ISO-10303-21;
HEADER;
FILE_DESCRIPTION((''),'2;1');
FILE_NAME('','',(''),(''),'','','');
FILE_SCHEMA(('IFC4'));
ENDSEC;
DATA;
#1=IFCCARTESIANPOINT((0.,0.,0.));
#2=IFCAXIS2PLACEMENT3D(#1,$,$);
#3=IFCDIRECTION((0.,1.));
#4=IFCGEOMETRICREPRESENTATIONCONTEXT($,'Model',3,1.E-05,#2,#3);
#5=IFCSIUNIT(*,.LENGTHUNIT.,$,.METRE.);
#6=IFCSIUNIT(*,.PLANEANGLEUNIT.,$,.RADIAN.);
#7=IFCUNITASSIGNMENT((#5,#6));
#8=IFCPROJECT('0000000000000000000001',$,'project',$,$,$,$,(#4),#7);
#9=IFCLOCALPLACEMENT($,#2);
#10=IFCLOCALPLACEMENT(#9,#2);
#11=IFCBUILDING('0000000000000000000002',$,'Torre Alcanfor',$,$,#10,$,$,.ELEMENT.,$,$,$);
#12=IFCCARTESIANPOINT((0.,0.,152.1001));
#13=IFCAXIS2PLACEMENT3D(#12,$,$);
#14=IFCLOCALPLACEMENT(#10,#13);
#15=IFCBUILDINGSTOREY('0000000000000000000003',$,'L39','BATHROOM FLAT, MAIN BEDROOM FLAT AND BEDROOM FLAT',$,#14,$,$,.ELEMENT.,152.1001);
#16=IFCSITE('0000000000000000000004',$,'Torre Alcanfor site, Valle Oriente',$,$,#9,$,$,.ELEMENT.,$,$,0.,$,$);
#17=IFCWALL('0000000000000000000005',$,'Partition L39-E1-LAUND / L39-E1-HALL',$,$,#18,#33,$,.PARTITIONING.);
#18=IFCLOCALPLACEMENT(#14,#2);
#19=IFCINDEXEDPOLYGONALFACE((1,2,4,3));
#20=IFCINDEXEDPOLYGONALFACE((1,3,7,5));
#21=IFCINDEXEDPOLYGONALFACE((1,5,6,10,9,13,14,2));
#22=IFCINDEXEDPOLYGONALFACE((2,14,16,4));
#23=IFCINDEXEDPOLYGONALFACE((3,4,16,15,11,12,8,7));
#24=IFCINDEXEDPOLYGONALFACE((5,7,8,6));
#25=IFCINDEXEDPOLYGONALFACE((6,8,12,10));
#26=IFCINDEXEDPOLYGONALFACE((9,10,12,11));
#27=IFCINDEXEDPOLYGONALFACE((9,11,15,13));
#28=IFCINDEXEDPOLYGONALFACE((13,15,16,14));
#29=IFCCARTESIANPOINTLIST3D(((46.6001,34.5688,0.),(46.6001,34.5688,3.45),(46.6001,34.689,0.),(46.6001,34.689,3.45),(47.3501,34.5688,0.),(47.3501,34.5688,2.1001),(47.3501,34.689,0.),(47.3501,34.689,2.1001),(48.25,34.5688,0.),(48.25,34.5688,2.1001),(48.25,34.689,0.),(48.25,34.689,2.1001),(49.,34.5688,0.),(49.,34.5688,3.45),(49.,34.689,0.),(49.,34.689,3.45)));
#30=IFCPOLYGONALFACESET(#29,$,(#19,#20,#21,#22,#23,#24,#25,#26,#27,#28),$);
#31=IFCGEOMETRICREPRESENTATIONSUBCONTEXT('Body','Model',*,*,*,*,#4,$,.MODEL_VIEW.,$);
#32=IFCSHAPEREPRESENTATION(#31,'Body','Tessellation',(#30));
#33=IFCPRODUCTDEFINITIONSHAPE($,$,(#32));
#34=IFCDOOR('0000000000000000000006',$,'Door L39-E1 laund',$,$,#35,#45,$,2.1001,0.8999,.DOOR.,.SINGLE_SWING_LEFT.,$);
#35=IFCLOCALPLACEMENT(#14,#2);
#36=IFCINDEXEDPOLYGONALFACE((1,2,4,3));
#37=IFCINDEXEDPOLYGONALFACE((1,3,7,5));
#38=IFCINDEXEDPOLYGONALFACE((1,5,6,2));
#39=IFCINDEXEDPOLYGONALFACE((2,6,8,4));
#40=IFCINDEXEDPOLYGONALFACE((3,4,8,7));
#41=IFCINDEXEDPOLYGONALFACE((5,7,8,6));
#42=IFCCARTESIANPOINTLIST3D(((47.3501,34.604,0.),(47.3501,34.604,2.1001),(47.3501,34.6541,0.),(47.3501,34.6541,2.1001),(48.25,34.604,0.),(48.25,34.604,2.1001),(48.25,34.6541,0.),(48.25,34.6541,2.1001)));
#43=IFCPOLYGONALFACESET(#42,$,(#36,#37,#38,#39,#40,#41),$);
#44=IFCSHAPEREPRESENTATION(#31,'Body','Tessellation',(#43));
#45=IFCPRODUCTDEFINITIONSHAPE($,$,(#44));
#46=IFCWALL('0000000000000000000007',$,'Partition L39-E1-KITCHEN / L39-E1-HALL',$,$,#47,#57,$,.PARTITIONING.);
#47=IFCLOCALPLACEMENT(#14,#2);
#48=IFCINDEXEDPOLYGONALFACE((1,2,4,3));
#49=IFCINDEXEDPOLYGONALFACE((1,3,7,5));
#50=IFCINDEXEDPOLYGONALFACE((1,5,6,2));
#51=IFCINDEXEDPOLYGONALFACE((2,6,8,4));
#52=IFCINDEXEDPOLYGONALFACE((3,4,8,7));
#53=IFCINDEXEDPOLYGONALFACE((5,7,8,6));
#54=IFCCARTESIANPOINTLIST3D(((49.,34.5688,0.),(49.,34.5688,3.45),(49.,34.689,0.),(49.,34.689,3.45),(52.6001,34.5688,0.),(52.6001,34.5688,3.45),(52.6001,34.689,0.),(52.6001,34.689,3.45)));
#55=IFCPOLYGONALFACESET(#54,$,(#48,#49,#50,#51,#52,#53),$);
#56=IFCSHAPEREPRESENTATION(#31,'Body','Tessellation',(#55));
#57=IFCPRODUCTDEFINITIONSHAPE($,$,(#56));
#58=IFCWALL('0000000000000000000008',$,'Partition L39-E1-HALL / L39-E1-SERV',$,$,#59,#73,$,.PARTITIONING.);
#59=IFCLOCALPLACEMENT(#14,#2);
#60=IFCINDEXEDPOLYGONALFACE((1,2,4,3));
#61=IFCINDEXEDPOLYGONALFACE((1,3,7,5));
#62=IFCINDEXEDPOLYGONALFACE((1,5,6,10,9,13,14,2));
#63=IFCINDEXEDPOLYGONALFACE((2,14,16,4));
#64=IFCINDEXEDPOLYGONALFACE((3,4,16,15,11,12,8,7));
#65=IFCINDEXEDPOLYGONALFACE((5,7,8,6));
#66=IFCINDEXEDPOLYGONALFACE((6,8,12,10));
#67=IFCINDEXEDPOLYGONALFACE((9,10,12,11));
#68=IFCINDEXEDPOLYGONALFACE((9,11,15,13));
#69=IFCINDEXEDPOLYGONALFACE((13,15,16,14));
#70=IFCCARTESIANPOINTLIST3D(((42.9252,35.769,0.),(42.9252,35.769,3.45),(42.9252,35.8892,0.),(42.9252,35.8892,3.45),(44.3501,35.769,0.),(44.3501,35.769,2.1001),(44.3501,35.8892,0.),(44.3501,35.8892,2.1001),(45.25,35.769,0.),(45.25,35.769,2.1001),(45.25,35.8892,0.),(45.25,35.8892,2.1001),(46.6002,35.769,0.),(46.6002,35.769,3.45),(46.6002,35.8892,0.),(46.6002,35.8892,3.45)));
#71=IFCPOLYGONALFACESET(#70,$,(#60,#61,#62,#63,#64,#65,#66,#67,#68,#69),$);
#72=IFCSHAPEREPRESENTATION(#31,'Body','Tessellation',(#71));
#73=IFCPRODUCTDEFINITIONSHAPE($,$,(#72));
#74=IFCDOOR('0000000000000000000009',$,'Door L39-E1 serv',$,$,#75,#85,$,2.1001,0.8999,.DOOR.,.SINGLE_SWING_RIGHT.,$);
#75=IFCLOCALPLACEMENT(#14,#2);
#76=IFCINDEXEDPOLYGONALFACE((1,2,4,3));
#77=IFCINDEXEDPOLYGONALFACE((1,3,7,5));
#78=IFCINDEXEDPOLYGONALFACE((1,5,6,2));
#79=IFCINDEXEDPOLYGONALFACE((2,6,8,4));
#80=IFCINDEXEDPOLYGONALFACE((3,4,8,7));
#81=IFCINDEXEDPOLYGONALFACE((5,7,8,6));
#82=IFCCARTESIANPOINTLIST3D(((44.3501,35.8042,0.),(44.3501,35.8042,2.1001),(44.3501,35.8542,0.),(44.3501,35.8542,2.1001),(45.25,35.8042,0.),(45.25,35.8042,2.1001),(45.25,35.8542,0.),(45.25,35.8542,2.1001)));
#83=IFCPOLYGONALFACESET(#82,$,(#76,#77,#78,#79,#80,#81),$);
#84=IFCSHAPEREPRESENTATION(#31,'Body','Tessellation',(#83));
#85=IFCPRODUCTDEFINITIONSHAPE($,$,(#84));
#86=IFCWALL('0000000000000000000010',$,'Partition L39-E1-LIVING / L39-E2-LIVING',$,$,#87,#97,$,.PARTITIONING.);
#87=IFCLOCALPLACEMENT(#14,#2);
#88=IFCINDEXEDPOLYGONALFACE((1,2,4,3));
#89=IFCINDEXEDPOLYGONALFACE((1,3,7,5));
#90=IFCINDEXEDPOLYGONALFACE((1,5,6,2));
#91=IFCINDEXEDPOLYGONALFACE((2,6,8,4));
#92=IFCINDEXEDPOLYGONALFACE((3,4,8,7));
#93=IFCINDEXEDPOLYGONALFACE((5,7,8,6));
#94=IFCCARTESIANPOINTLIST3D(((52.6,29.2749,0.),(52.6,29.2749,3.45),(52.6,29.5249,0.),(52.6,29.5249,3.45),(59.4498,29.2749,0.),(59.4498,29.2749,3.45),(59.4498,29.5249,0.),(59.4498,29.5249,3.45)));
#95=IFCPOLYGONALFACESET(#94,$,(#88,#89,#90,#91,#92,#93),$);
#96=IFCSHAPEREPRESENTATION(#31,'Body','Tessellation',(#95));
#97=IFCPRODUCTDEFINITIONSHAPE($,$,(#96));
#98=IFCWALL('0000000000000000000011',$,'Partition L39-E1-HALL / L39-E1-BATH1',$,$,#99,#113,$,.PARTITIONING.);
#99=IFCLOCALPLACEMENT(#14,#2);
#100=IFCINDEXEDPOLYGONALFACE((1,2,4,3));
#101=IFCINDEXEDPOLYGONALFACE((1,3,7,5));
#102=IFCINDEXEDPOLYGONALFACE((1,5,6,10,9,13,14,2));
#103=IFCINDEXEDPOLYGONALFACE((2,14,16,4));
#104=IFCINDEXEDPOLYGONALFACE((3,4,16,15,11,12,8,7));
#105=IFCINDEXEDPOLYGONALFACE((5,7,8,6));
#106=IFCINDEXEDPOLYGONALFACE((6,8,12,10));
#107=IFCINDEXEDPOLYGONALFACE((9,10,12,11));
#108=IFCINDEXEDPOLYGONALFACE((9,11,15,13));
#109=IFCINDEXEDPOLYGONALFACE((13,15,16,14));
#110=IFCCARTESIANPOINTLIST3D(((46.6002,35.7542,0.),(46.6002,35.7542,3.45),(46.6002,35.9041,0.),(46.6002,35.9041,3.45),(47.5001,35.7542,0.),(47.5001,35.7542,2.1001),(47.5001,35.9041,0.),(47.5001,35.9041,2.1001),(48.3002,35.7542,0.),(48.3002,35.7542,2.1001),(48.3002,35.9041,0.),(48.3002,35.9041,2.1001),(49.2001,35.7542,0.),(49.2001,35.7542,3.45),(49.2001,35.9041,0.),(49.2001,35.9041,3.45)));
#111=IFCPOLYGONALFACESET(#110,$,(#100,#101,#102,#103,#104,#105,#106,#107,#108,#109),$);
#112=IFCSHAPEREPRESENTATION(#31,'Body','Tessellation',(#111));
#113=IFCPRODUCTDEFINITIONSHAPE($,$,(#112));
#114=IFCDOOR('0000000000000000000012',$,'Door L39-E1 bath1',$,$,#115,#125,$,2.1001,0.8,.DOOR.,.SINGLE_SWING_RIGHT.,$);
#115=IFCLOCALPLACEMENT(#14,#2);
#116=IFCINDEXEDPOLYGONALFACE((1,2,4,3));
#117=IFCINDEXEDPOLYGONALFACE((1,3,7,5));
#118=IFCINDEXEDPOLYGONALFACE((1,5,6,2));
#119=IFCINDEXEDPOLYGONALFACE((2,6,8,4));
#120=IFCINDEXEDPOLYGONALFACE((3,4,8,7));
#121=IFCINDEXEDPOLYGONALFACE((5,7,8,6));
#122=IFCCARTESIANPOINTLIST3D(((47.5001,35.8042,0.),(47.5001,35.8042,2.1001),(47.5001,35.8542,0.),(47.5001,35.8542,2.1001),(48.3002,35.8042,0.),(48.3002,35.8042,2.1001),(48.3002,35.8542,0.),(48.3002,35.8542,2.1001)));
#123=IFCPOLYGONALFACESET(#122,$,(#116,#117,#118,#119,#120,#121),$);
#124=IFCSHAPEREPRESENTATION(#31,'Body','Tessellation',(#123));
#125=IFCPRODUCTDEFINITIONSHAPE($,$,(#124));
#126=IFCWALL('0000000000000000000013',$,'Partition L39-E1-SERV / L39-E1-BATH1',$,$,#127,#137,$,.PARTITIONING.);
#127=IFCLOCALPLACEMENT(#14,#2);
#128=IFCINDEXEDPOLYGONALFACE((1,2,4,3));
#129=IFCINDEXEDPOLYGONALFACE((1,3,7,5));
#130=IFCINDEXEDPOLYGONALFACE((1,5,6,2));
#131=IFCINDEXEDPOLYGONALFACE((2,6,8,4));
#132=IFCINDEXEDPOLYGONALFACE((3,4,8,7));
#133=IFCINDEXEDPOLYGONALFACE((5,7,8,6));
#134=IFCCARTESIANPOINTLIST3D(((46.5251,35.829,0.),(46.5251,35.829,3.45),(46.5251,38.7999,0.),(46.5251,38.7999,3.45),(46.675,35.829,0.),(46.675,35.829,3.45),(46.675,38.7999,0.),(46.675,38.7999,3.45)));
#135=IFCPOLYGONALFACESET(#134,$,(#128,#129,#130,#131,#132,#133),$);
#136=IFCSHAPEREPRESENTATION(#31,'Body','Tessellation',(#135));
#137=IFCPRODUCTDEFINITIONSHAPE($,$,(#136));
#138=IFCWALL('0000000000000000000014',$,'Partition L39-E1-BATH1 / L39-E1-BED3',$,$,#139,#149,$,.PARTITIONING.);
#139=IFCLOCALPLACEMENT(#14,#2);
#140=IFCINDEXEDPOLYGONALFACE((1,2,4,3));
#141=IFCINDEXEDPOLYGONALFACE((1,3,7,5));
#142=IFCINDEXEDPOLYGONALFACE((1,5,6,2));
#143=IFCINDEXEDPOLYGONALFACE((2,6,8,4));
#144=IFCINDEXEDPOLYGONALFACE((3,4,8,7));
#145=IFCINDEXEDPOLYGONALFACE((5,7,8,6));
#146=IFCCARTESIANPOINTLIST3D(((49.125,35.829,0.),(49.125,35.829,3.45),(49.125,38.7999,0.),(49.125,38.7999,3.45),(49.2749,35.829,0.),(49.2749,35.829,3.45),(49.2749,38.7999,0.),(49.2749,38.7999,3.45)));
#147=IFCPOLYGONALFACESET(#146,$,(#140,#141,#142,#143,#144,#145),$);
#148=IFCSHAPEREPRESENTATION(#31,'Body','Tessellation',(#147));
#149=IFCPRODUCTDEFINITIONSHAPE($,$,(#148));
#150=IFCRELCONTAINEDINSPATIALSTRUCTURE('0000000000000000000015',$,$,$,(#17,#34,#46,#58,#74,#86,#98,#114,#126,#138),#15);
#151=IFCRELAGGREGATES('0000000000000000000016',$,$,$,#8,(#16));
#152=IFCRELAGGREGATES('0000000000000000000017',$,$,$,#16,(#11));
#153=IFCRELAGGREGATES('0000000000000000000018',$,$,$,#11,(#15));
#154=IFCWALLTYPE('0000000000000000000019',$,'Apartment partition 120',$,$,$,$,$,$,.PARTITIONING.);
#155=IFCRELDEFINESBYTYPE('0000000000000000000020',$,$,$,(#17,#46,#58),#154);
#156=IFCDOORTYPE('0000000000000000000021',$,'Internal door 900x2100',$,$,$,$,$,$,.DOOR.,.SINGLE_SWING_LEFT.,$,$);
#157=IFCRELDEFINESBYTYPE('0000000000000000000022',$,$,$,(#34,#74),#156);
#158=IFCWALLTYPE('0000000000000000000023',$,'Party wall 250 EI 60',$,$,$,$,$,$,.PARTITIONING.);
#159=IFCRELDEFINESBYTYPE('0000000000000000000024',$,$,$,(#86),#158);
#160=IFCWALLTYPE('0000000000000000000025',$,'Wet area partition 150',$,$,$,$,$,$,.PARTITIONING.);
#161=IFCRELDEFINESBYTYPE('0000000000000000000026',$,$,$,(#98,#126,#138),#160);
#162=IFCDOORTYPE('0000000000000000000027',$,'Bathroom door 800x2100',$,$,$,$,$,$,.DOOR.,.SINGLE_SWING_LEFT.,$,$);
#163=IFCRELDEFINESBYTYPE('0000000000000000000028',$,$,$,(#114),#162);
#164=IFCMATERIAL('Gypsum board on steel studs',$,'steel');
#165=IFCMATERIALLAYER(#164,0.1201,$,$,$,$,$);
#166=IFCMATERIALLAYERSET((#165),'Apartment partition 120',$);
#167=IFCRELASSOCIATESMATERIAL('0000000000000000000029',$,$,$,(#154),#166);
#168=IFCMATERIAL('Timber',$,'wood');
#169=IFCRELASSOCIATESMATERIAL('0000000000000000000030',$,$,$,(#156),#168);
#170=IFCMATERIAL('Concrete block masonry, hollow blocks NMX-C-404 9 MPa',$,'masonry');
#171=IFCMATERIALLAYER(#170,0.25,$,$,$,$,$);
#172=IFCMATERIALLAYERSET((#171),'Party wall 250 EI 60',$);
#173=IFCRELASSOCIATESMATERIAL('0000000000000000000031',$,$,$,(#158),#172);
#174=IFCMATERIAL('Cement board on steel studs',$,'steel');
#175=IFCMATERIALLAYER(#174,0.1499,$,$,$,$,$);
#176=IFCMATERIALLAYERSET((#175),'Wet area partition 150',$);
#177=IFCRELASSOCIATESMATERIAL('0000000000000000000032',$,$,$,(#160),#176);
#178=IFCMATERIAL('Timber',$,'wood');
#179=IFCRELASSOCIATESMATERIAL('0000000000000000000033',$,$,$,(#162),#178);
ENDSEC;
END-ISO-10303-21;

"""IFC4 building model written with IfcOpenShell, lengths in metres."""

from ifc_helpers import new_model, si_unit, direction, frame, frame_2d, origin, place, context, subcontext, project, spatial, rectangle, extrude, material, layer, layer_set, type_object, element, fill, save


model = new_model("IFC4")

# Units and contexts
model_context = context("Model", 3, precision=1e-05, world=origin(), true_north=direction((0.0, 1.0)))
body_context = subcontext(model_context, "Body", "Model", "MODEL_VIEW")
ifc_project = project(units=[si_unit("LENGTHUNIT", "METRE"), si_unit("PLANEANGLEUNIT", "RADIAN")], contexts=[model_context])

# Site, building, storey
site_placement = place(None, origin())
site = spatial("IfcSite", under=ifc_project, at=site_placement, Name="Torre Alcanfor site, Valle Oriente", CompositionType="ELEMENT", RefElevation=0.0)
building_placement = place(site_placement, origin())
building = spatial("IfcBuilding", under=site, at=building_placement, Name="Torre Alcanfor", CompositionType="ELEMENT")
storey_placement = place(building_placement, frame((0.0, 0.0, 152.1001)))
storey = spatial("IfcBuildingStorey", under=building, at=storey_placement, Name="L39", Description="BATHROOM FLAT, MAIN BEDROOM FLAT AND BEDROOM FLAT", CompositionType="ELEMENT", Elevation=152.1001)

# Wall, opening, door
ifc_material_1 = material(Name="Gypsum board on steel studs", Category="steel")
ifc_layer_1 = layer(ifc_material_1, 0.1201)
ifc_layer_set_1 = layer_set([ifc_layer_1], Name="Apartment partition 120")
wall_type_1 = type_object("IfcWallType", Name="Apartment partition 120", PredefinedType="PARTITIONING", material=ifc_layer_set_1)
wall_1_placement = place(storey_placement, frame((49.0, 34.6289, 0.0), z_axis=(0.0, 0.0, 1.0), x_axis=(-1.0, 0.0, 0.0)))
wall_1 = element("IfcWall", 1, at=wall_1_placement, inside=storey, type_object=wall_type_1, Name="Partition L39-E1-LAUND / L39-E1-HALL", PredefinedType="PARTITIONING", context=body_context, shape_type="SweptSolid", body=[
    extrude(rectangle(XDim=2.3999, YDim=0.1201, at=frame_2d((1.2, 0.0))), origin(), (0.0, 0.0, 1.0), 3.45),
])
opening_1_placement = place(wall_1_placement, frame((0.75, 0.0, 0.0)))
opening_1 = element("IfcOpeningElement", 2, at=opening_1_placement, cuts=wall_1, PredefinedType="OPENING", context=body_context, shape_type="SweptSolid", body=[
    extrude(rectangle(XDim=0.8999, YDim=2.1001, at=frame_2d((0.45, 1.05))), frame((0.0, 0.0701, 0.0), z_axis=(0.0, -1.0, 0.0), x_axis=(1.0, 0.0, 0.0)), (0.0, 0.0, 1.0), 0.1401),
])
ifc_material_2 = material(Name="Timber", Category="wood")
door_type_1 = type_object("IfcDoorType", Name="Internal door 900x2100", OperationType="SINGLE_SWING_LEFT", PredefinedType="DOOR", material=ifc_material_2)
door_1_placement = place(opening_1_placement, origin())
door_1 = element("IfcDoor", 3, at=door_1_placement, inside=storey, type_object=door_type_1, Name="Door L39-E1 laund", OperationType="SINGLE_SWING_LEFT", OverallHeight=2.1001, OverallWidth=0.8999, PredefinedType="DOOR", context=body_context, shape_type="SweptSolid", body=[
    extrude(rectangle(XDim=0.8999, YDim=2.1001, at=frame_2d((0.45, 1.05))), frame((0.0, 0.0249, 0.0), z_axis=(0.0, -1.0, 0.0), x_axis=(1.0, 0.0, 0.0)), (0.0, 0.0, 1.0), 0.05),
])
fill(opening_1, door_1)

# Wall
wall_2_placement = place(storey_placement, frame((52.6001, 34.6289, 0.0), z_axis=(0.0, 0.0, 1.0), x_axis=(-1.0, 0.0, 0.0)))
element("IfcWall", 4, at=wall_2_placement, inside=storey, type_object=wall_type_1, Name="Partition L39-E1-KITCHEN / L39-E1-HALL", PredefinedType="PARTITIONING", context=body_context, shape_type="SweptSolid", body=[
    extrude(rectangle(XDim=3.6001, YDim=0.1201, at=frame_2d((1.8, 0.0))), origin(), (0.0, 0.0, 1.0), 3.45),
])

# Wall, opening, door
wall_3_placement = place(storey_placement, frame((46.6001, 35.8291, 0.0), z_axis=(0.0, 0.0, 1.0), x_axis=(-1.0, 0.0, 0.0)))
wall_3 = element("IfcWall", 5, at=wall_3_placement, inside=storey, type_object=wall_type_1, Name="Partition L39-E1-HALL / L39-E1-SERV", PredefinedType="PARTITIONING", context=body_context, shape_type="SweptSolid", body=[
    extrude(rectangle(XDim=3.675, YDim=0.1201, at=frame_2d((1.8374, 0.0))), origin(), (0.0, 0.0, 1.0), 3.45),
])
opening_2_placement = place(wall_3_placement, frame((1.3501, 0.0, 0.0)))
opening_2 = element("IfcOpeningElement", 6, at=opening_2_placement, cuts=wall_3, PredefinedType="OPENING", context=body_context, shape_type="SweptSolid", body=[
    extrude(rectangle(XDim=0.8999, YDim=2.1001, at=frame_2d((0.45, 1.05))), frame((0.0, 0.0701, 0.0), z_axis=(0.0, -1.0, 0.0), x_axis=(1.0, 0.0, 0.0)), (0.0, 0.0, 1.0), 0.1401),
])
door_2_placement = place(opening_2_placement, frame((0.8999, 0.0, 0.0), z_axis=(0.0, 0.0, 1.0), x_axis=(-1.0, 0.0, 0.0)))
door_2 = element("IfcDoor", 7, at=door_2_placement, inside=storey, type_object=door_type_1, Name="Door L39-E1 serv", OperationType="SINGLE_SWING_RIGHT", OverallHeight=2.1001, OverallWidth=0.8999, PredefinedType="DOOR", context=body_context, shape_type="SweptSolid", body=[
    extrude(rectangle(XDim=0.8999, YDim=2.1001, at=frame_2d((0.45, 1.05))), frame((0.0, 0.0251, 0.0), z_axis=(0.0, -1.0, 0.0), x_axis=(1.0, 0.0, 0.0)), (0.0, 0.0, 1.0), 0.05),
])
fill(opening_2, door_2)

# Wall
ifc_material_3 = material(Name="Concrete block masonry, hollow blocks NMX-C-404 9 MPa", Category="masonry")
ifc_layer_2 = layer(ifc_material_3, 0.25)
ifc_layer_set_2 = layer_set([ifc_layer_2], Name="Party wall 250 EI 60")
wall_type_2 = type_object("IfcWallType", Name="Party wall 250 EI 60", PredefinedType="PARTITIONING", material=ifc_layer_set_2)
wall_4_placement = place(storey_placement, frame((52.6001, 29.3999, 0.0), z_axis=(0.0, 0.0, 1.0), x_axis=(1.0, 0.0, 0.0)))
element("IfcWall", 8, at=wall_4_placement, inside=storey, type_object=wall_type_2, Name="Partition L39-E1-LIVING / L39-E2-LIVING", PredefinedType="PARTITIONING", context=body_context, shape_type="SweptSolid", body=[
    extrude(rectangle(XDim=6.8499, YDim=0.25, at=frame_2d((3.4248, 0.0))), origin(), (0.0, 0.0, 1.0), 3.45),
])

# Wall, opening, door
ifc_material_4 = material(Name="Cement board on steel studs", Category="steel")
ifc_layer_3 = layer(ifc_material_4, 0.1499)
ifc_layer_set_3 = layer_set([ifc_layer_3], Name="Wet area partition 150")
wall_type_3 = type_object("IfcWallType", Name="Wet area partition 150", PredefinedType="PARTITIONING", material=ifc_layer_set_3)
wall_5_placement = place(storey_placement, frame((49.2, 35.8291, 0.0), z_axis=(0.0, 0.0, 1.0), x_axis=(-1.0, 0.0, 0.0)))
wall_5 = element("IfcWall", 9, at=wall_5_placement, inside=storey, type_object=wall_type_3, Name="Partition L39-E1-HALL / L39-E1-BATH1", PredefinedType="PARTITIONING", context=body_context, shape_type="SweptSolid", body=[
    extrude(rectangle(XDim=2.5999, YDim=0.1499, at=frame_2d((1.2998, 0.0))), origin(), (0.0, 0.0, 1.0), 3.45),
])
opening_3_placement = place(wall_5_placement, frame((0.8999, 0.0, 0.0)))
opening_3 = element("IfcOpeningElement", 10, at=opening_3_placement, cuts=wall_5, PredefinedType="OPENING", context=body_context, shape_type="SweptSolid", body=[
    extrude(rectangle(XDim=0.8, YDim=2.1001, at=frame_2d((0.3999, 1.05))), frame((0.0, 0.085, 0.0), z_axis=(0.0, -1.0, 0.0), x_axis=(1.0, 0.0, 0.0)), (0.0, 0.0, 1.0), 0.1699),
])
ifc_material_5 = material(Name="Timber", Category="wood")
door_type_2 = type_object("IfcDoorType", Name="Bathroom door 800x2100", OperationType="SINGLE_SWING_LEFT", PredefinedType="DOOR", material=ifc_material_5)
door_3_placement = place(opening_3_placement, frame((0.8, 0.0, 0.0), z_axis=(0.0, 0.0, 1.0), x_axis=(-1.0, 0.0, 0.0)))
door_3 = element("IfcDoor", 11, at=door_3_placement, inside=storey, type_object=door_type_2, Name="Door L39-E1 bath1", OperationType="SINGLE_SWING_RIGHT", OverallHeight=2.1001, OverallWidth=0.8, PredefinedType="DOOR", context=body_context, shape_type="SweptSolid", body=[
    extrude(rectangle(XDim=0.8, YDim=2.1001, at=frame_2d((0.4001, 1.05))), frame((0.0, 0.0251, 0.0), z_axis=(0.0, -1.0, 0.0), x_axis=(1.0, 0.0, 0.0)), (0.0, 0.0, 1.0), 0.05),
])
fill(opening_3, door_3)

# Walls
for number, where, z_axis, x_axis, name in (
    (12, (46.6001, 35.8291, 0.0), (0.0, 0.0, 1.0), (0.0, 1.0, 0.0), "Partition L39-E1-SERV / L39-E1-BATH1"),
    (13, (49.2, 35.8291, 0.0), (0.0, 0.0, 1.0), (0.0, 1.0, 0.0), "Partition L39-E1-BATH1 / L39-E1-BED3"),
):
    element("IfcWall", number, at=place(storey_placement, frame(where, z_axis=z_axis, x_axis=x_axis)), inside=storey, type_object=wall_type_3, Name=name, PredefinedType="PARTITIONING", context=body_context, shape_type="SweptSolid", body=[
        extrude(rectangle(XDim=2.9709, YDim=0.1499, at=frame_2d((1.4854, 0.0))), origin(), (0.0, 0.0, 1.0), 3.45),
    ])

save(model, "model.ifc")
